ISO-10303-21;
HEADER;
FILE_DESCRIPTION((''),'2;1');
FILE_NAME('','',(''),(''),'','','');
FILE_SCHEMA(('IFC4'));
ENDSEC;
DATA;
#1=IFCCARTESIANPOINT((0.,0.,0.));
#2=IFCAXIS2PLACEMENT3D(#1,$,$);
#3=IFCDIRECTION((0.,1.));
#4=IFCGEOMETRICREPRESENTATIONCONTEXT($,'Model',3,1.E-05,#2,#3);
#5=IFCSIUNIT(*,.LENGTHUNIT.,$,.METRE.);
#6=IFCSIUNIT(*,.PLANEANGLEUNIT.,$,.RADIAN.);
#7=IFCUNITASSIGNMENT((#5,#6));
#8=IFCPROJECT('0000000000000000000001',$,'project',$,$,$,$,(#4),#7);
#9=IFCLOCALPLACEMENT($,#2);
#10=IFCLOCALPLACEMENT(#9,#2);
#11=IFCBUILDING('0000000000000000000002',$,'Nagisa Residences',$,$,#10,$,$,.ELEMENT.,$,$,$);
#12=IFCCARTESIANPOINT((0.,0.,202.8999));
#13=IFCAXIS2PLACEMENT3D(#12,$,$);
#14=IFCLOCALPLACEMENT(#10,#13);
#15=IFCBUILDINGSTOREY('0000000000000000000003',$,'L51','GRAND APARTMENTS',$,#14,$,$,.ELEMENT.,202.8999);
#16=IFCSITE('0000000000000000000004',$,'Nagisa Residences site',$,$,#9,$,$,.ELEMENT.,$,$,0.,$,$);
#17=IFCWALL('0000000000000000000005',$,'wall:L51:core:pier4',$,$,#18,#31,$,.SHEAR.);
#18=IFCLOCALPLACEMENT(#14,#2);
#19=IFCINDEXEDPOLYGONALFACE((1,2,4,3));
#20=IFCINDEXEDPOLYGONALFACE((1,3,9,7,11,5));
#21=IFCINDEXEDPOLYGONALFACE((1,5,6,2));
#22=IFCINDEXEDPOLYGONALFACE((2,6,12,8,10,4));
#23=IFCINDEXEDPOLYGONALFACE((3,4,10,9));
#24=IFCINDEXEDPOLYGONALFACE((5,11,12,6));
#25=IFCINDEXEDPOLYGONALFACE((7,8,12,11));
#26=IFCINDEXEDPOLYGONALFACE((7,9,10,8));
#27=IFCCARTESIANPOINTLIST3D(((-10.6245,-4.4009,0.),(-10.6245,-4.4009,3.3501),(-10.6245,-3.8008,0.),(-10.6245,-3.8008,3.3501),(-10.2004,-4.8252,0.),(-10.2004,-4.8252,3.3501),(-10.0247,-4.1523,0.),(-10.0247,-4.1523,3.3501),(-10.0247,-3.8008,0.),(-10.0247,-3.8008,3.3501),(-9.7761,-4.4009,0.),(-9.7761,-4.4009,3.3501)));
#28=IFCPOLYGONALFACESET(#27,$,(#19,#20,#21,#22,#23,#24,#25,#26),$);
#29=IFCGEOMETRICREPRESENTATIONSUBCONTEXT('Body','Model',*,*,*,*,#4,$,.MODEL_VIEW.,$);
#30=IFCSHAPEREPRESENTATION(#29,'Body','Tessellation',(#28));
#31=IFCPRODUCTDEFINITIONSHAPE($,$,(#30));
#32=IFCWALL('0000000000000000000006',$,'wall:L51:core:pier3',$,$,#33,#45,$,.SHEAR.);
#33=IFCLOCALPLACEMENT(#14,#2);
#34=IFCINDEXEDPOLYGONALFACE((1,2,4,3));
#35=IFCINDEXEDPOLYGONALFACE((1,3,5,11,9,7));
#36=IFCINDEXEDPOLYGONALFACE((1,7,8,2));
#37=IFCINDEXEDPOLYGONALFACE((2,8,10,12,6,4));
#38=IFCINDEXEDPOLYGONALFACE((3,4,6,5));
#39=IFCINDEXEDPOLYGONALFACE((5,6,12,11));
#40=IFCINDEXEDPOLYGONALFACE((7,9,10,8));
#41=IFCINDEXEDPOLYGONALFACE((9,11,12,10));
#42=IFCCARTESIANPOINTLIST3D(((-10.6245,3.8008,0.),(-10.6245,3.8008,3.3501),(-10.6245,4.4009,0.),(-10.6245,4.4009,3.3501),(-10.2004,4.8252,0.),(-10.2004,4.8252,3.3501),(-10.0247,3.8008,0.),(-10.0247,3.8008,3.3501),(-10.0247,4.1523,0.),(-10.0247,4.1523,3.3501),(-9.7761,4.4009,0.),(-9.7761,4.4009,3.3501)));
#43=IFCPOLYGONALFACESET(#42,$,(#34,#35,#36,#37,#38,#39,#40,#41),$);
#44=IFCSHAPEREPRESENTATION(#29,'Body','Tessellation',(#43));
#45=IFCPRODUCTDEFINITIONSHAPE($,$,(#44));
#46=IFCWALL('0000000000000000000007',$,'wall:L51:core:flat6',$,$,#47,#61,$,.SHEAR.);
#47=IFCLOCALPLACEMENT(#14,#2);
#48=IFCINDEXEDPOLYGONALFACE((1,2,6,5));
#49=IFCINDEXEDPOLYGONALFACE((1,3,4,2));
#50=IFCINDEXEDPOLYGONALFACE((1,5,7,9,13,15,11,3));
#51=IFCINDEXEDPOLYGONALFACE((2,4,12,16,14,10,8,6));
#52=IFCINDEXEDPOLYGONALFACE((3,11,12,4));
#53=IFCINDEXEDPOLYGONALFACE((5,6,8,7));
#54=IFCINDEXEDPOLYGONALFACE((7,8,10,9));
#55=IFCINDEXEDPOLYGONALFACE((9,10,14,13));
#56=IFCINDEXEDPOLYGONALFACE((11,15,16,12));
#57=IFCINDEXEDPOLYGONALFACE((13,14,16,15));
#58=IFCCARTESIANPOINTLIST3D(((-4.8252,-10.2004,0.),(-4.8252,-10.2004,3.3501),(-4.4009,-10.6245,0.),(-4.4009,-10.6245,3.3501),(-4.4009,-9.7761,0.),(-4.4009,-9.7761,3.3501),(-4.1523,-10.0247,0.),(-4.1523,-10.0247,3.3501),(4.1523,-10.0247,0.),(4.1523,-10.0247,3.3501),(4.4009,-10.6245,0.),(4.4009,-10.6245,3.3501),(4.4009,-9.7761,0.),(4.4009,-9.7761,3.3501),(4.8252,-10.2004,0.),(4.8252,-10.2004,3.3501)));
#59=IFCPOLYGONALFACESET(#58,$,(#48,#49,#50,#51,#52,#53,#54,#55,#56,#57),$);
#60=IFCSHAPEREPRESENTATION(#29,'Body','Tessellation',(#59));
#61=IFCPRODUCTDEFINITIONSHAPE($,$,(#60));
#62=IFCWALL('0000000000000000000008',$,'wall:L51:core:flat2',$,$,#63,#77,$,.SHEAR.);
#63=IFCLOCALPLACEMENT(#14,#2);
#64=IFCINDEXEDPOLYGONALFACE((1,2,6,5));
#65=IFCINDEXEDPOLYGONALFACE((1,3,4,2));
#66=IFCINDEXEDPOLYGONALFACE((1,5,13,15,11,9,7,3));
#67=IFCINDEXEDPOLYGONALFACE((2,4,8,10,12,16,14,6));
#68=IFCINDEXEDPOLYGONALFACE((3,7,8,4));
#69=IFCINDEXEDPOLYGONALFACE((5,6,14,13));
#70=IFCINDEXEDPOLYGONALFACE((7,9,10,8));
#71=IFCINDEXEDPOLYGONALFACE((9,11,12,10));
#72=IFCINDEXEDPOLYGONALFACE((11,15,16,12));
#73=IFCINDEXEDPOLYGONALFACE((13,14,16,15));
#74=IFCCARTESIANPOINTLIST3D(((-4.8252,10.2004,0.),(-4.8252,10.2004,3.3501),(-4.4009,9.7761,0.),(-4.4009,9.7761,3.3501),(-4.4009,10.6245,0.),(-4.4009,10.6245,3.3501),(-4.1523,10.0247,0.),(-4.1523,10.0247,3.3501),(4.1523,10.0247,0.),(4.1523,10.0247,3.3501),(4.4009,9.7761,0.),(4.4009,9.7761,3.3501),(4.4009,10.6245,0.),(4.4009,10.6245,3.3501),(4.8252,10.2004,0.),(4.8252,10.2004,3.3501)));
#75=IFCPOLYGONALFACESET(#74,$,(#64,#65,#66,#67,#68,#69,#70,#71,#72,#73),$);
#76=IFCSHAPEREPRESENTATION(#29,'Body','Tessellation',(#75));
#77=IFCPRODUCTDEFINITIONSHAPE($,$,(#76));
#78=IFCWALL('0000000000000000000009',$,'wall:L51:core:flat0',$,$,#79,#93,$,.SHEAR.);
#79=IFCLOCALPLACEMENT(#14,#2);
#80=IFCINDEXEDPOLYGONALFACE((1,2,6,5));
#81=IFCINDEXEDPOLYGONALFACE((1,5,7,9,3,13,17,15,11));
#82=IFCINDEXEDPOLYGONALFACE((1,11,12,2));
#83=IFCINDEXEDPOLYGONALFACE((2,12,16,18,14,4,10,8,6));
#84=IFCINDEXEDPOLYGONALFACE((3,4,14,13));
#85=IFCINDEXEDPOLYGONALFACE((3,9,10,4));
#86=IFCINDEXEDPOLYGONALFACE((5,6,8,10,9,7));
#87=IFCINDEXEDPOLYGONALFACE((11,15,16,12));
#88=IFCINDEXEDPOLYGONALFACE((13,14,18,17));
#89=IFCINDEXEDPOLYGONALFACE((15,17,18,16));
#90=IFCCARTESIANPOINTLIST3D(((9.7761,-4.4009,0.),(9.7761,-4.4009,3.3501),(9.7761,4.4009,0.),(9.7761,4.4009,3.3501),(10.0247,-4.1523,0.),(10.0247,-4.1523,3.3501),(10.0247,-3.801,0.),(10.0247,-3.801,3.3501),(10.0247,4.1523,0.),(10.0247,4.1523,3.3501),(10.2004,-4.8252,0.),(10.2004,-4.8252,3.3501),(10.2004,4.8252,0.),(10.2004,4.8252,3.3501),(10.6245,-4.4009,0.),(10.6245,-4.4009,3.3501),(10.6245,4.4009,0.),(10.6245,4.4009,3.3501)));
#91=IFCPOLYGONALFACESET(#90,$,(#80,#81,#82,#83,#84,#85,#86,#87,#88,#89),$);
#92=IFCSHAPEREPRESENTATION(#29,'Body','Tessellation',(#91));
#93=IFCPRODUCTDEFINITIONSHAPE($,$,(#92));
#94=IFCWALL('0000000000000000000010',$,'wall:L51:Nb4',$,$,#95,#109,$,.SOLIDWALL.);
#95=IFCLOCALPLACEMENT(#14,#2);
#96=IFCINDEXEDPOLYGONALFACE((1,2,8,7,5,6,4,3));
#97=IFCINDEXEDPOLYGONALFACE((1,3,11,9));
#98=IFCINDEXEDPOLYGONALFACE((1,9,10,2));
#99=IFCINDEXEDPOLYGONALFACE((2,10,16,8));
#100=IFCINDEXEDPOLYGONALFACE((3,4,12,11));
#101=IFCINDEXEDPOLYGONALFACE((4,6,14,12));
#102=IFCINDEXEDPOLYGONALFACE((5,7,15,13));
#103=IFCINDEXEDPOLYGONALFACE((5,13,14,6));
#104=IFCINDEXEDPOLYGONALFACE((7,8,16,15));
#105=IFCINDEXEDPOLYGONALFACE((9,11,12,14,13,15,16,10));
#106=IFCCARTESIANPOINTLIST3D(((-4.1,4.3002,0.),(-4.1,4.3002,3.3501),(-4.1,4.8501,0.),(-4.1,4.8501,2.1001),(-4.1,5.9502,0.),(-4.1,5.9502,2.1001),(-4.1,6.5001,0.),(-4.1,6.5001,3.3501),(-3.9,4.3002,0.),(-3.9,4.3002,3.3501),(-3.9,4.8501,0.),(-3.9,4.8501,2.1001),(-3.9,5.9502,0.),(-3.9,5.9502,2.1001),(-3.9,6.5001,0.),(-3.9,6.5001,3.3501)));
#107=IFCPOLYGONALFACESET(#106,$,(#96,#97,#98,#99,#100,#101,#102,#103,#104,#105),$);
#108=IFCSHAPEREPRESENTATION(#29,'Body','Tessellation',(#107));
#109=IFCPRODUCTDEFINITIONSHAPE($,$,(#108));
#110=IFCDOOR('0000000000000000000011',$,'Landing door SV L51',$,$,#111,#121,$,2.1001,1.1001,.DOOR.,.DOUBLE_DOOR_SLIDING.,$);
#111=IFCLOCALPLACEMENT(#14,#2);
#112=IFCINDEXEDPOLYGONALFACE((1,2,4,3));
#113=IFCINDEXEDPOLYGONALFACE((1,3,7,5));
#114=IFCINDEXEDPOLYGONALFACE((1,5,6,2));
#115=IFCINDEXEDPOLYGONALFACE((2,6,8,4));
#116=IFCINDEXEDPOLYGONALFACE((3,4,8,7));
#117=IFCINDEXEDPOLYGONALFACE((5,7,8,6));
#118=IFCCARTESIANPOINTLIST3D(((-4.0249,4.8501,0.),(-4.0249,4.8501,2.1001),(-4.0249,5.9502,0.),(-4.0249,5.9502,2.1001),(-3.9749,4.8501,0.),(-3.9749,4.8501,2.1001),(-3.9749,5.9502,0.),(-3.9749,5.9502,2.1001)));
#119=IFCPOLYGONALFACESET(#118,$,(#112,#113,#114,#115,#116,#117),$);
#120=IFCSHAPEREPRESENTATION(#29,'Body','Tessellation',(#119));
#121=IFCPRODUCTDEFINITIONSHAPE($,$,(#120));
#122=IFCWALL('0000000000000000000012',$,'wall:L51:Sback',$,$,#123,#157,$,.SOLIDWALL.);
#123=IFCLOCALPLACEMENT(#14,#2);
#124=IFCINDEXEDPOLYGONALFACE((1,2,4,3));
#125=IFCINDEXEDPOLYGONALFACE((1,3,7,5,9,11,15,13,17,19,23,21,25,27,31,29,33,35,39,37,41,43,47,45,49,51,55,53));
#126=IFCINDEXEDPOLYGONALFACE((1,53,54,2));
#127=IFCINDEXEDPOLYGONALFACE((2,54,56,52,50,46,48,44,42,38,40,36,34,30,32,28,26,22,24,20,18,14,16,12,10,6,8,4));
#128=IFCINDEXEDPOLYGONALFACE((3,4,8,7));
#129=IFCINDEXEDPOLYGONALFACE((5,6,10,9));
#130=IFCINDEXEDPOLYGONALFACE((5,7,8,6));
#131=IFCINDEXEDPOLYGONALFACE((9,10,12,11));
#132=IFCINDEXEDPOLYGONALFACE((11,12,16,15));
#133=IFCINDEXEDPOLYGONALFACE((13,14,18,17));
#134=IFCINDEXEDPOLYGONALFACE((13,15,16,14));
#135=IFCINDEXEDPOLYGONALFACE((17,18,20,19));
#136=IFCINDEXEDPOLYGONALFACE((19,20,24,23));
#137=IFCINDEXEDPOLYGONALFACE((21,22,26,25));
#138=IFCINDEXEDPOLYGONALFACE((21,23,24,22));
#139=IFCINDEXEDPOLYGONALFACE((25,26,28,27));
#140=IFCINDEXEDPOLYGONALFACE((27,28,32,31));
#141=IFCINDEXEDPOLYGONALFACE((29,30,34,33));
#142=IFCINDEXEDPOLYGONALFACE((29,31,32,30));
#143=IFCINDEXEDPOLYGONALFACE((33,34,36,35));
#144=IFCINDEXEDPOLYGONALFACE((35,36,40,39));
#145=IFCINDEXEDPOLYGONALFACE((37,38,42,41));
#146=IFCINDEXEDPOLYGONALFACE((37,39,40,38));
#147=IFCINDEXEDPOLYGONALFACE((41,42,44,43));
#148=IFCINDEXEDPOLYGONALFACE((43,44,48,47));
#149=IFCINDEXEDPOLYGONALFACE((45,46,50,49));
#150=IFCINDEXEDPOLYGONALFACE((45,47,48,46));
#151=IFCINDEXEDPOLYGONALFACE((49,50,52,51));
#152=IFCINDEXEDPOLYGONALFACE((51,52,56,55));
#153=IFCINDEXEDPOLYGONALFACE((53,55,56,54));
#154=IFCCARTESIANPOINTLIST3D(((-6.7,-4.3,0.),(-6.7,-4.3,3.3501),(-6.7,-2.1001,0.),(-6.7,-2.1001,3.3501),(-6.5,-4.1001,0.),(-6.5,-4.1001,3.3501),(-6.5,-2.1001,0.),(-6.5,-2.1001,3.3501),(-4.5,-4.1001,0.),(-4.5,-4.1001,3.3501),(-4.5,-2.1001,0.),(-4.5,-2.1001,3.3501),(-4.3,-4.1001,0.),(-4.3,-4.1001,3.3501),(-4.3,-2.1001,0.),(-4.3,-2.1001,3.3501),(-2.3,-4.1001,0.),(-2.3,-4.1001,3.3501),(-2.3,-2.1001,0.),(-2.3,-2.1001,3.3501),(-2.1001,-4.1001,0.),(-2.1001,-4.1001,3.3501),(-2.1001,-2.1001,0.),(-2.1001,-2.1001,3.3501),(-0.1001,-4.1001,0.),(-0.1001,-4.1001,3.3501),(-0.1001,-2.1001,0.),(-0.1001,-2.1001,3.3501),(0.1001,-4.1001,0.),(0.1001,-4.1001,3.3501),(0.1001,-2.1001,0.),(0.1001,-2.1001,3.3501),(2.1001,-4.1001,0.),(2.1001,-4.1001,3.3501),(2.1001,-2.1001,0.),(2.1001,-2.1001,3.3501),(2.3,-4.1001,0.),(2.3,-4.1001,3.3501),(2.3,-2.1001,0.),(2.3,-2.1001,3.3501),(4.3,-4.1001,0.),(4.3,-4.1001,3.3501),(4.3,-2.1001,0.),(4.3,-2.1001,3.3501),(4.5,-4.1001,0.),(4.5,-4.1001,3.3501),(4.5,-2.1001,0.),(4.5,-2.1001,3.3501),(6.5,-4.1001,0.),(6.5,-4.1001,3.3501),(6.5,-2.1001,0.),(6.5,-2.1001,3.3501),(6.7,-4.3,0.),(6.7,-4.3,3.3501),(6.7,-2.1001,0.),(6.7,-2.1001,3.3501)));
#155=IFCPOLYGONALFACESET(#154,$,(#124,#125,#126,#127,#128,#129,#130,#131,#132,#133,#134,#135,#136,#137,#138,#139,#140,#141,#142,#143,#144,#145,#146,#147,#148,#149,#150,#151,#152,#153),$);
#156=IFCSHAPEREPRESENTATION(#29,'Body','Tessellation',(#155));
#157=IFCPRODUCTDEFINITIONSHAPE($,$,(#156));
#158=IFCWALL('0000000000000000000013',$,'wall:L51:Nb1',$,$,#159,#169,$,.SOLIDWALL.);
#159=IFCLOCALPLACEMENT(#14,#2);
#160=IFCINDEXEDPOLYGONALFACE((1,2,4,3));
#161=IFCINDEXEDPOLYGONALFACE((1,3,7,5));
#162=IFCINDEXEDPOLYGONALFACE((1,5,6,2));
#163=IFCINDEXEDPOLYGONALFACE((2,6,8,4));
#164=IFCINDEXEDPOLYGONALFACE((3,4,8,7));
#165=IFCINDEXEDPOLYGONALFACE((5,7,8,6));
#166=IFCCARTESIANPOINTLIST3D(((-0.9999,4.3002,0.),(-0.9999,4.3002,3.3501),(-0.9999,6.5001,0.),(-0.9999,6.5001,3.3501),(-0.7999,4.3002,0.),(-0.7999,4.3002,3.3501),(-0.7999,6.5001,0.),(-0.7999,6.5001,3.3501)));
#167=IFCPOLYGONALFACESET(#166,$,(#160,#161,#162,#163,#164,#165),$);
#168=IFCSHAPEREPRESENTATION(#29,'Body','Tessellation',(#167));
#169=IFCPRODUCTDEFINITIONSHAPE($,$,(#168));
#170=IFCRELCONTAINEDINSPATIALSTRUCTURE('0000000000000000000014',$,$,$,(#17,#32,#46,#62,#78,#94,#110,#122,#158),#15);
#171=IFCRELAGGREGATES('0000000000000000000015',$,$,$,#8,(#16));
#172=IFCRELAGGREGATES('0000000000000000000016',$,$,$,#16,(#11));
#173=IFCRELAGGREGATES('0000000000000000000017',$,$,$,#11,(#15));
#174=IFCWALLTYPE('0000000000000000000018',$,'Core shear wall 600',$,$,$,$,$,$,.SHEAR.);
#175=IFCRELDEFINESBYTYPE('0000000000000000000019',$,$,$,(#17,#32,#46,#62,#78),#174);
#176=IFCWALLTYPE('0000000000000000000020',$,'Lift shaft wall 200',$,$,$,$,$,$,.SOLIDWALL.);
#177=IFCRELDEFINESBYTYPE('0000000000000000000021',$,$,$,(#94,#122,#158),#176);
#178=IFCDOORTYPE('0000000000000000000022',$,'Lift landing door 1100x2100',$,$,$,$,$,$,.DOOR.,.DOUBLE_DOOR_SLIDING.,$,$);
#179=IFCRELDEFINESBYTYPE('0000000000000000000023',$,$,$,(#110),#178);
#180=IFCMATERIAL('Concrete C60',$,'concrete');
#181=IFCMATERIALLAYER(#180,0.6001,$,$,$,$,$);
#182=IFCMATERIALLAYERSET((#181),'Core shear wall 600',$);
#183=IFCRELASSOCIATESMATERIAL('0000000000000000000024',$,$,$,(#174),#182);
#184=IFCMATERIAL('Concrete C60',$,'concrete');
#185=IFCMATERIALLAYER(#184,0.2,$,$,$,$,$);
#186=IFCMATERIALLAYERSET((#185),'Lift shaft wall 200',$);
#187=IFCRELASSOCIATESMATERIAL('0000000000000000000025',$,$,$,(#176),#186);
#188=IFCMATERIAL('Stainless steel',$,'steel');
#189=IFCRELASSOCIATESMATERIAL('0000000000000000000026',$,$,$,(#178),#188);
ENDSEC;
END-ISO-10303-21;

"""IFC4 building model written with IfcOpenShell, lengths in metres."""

from ifc_helpers import new_model, si_unit, direction, frame, frame_2d, origin, place, context, subcontext, project, spatial, polyline, rectangle, outline, extrude, material, layer, layer_set, type_object, element, fill, save


model = new_model("IFC4")

# Units and contexts
model_context = context("Model", 3, precision=1e-05, world=origin(), true_north=direction((0.0, 1.0)))
body_context = subcontext(model_context, "Body", "Model", "MODEL_VIEW")
ifc_project = project(units=[si_unit("LENGTHUNIT", "METRE"), si_unit("PLANEANGLEUNIT", "RADIAN")], contexts=[model_context])

# Site, building, storey
site_placement = place(None, origin())
site = spatial("IfcSite", under=ifc_project, at=site_placement, Name="Nagisa Residences site", CompositionType="ELEMENT", RefElevation=0.0)
building_placement = place(site_placement, origin())
building = spatial("IfcBuilding", under=site, at=building_placement, Name="Nagisa Residences", CompositionType="ELEMENT")
storey_placement = place(building_placement, frame((0.0, 0.0, 202.8999)))
storey = spatial("IfcBuildingStorey", under=building, at=storey_placement, Name="L51", Description="GRAND APARTMENTS", CompositionType="ELEMENT", Elevation=202.8999)

# Shared definitions
ifc_material_1 = material(Name="Concrete C60", Category="concrete")
ifc_layer_1 = layer(ifc_material_1, 0.6001)
ifc_layer_set_1 = layer_set([ifc_layer_1], Name="Core shear wall 600")
wall_type_1 = type_object("IfcWallType", Name="Core shear wall 600", PredefinedType="SHEAR", material=ifc_layer_set_1)

# Walls
wall_1_placement = place(storey_placement, origin())
element("IfcWall", 1, at=wall_1_placement, inside=storey, type_object=wall_type_1, Name="wall:L51:core:pier4", PredefinedType="SHEAR", context=body_context, shape_type="SweptSolid", body=[
    extrude(outline(polyline([(-10.6245, -3.8008), (-10.0247, -3.8008), (-10.0247, -4.1523), (-9.7761, -4.4009), (-10.2004, -4.8252), (-10.6245, -4.4009), (-10.6245, -3.8008)])), origin(), (0.0, 0.0, 1.0), 3.3501),
])
wall_2_placement = place(storey_placement, origin())
element("IfcWall", 2, at=wall_2_placement, inside=storey, type_object=wall_type_1, Name="wall:L51:core:pier3", PredefinedType="SHEAR", context=body_context, shape_type="SweptSolid", body=[
    extrude(outline(polyline([(-10.2004, 4.8252), (-9.7761, 4.4009), (-10.0247, 4.1523), (-10.0247, 3.8008), (-10.6245, 3.8008), (-10.6245, 4.4009), (-10.2004, 4.8252)])), origin(), (0.0, 0.0, 1.0), 3.3501),
])
wall_3_placement = place(storey_placement, origin())
element("IfcWall", 3, at=wall_3_placement, inside=storey, type_object=wall_type_1, Name="wall:L51:core:flat6", PredefinedType="SHEAR", context=body_context, shape_type="SweptSolid", body=[
    extrude(outline(polyline([(-4.1523, -10.0247), (4.1523, -10.0247), (4.4009, -9.7761), (4.8252, -10.2004), (4.4009, -10.6245), (-4.4009, -10.6245), (-4.8252, -10.2004), (-4.4009, -9.7761), (-4.1523, -10.0247)])), origin(), (0.0, 0.0, 1.0), 3.3501),
])
wall_4_placement = place(storey_placement, origin())
element("IfcWall", 4, at=wall_4_placement, inside=storey, type_object=wall_type_1, Name="wall:L51:core:flat2", PredefinedType="SHEAR", context=body_context, shape_type="SweptSolid", body=[
    extrude(outline(polyline([(-4.1523, 10.0247), (-4.4009, 9.7761), (-4.8252, 10.2004), (-4.4009, 10.6245), (4.4009, 10.6245), (4.8252, 10.2004), (4.4009, 9.7761), (4.1523, 10.0247), (-4.1523, 10.0247)])), origin(), (0.0, 0.0, 1.0), 3.3501),
])
wall_5_placement = place(storey_placement, origin())
element("IfcWall", 5, at=wall_5_placement, inside=storey, type_object=wall_type_1, Name="wall:L51:core:flat0", PredefinedType="SHEAR", context=body_context, shape_type="SweptSolid", body=[
    extrude(outline(polyline([(9.7761, -4.4009), (10.0247, -4.1523), (10.0247, -3.801), (10.0247, 4.1523), (9.7761, 4.4009), (10.2004, 4.8252), (10.6245, 4.4009), (10.6245, -4.4009), (10.2004, -4.8252), (9.7761, -4.4009)])), origin(), (0.0, 0.0, 1.0), 3.3501),
])

# Wall, opening, door
ifc_material_2 = material(Name="Concrete C60", Category="concrete")
ifc_layer_2 = layer(ifc_material_2, 0.2)
ifc_layer_set_2 = layer_set([ifc_layer_2], Name="Lift shaft wall 200")
wall_type_2 = type_object("IfcWallType", Name="Lift shaft wall 200", PredefinedType="SOLIDWALL", material=ifc_layer_set_2)
wall_6_placement = place(storey_placement, frame((-4.0, 4.3, 0.0), z_axis=(0.0, 0.0, 1.0), x_axis=(0.0, 1.0, 0.0)))
wall_6 = element("IfcWall", 6, at=wall_6_placement, inside=storey, type_object=wall_type_2, Name="wall:L51:Nb4", PredefinedType="SOLIDWALL", context=body_context, shape_type="SweptSolid", body=[
    extrude(rectangle(XDim=2.2, YDim=0.2, at=frame_2d((1.1001, 0.0))), origin(), (0.0, 0.0, 1.0), 3.3501),
])
opening_1_placement = place(wall_6_placement, frame((0.55, 0.0, 0.0)))
opening_1 = element("IfcOpeningElement", 7, at=opening_1_placement, cuts=wall_6, PredefinedType="OPENING", context=body_context, shape_type="SweptSolid", body=[
    extrude(rectangle(XDim=1.1001, YDim=2.1001, at=frame_2d((0.55, 1.05))), frame((0.0, 0.1099, 0.0), z_axis=(0.0, -1.0, 0.0), x_axis=(1.0, 0.0, 0.0)), (0.0, 0.0, 1.0), 0.22),
])
ifc_material_3 = material(Name="Stainless steel", Category="steel")
door_type_1 = type_object("IfcDoorType", Name="Lift landing door 1100x2100", OperationType="DOUBLE_DOOR_SLIDING", PredefinedType="DOOR", material=ifc_material_3)
door_1_placement = place(opening_1_placement, origin())
door_1 = element("IfcDoor", 8, at=door_1_placement, inside=storey, type_object=door_type_1, Name="Landing door SV L51", OperationType="DOUBLE_DOOR_SLIDING", OverallHeight=2.1001, OverallWidth=1.1001, PredefinedType="DOOR", context=body_context, shape_type="SweptSolid", body=[
    extrude(rectangle(XDim=1.1001, YDim=2.1001, at=frame_2d((0.55, 1.05))), frame((0.0, 0.0249, 0.0), z_axis=(0.0, -1.0, 0.0), x_axis=(1.0, 0.0, 0.0)), (0.0, 0.0, 1.0), 0.05),
])
fill(opening_1, door_1)

# Walls
wall_7_placement = place(storey_placement, origin())
element("IfcWall", 9, at=wall_7_placement, inside=storey, type_object=wall_type_2, Name="wall:L51:Sback", PredefinedType="SOLIDWALL", context=body_context, shape_type="SweptSolid", body=[
    extrude(outline(polyline([(-6.7, -2.1001), (-6.5, -2.1001), (-6.5, -4.1001), (-4.5, -4.1001), (-4.5, -2.1001), (-4.3, -2.1001), (-4.3, -4.1001), (-2.3, -4.1001), (-2.3, -2.1001), (-2.1001, -2.1001), (-2.1001, -4.1001), (-0.1001, -4.1001), (-0.1001, -2.1001), (0.1001, -2.1001), (0.1001, -4.1001), (2.1001, -4.1001), (2.1001, -2.1001), (2.3, -2.1001), (2.3, -4.1001), (4.3, -4.1001), (4.3, -2.1001), (4.5, -2.1001), (4.5, -4.1001), (6.5, -4.1001), (6.5, -2.1001), (6.7, -2.1001), (6.7, -4.3), (-6.7, -4.3), (-6.7, -2.1001)])), origin(), (0.0, 0.0, 1.0), 3.3501),
])
wall_8_placement = place(storey_placement, frame((-0.8999, 4.3, 0.0), z_axis=(0.0, 0.0, 1.0), x_axis=(0.0, 1.0, 0.0)))
element("IfcWall", 10, at=wall_8_placement, inside=storey, type_object=wall_type_2, Name="wall:L51:Nb1", PredefinedType="SOLIDWALL", context=body_context, shape_type="SweptSolid", body=[
    extrude(rectangle(XDim=2.2, YDim=0.2, at=frame_2d((1.1001, 0.0))), origin(), (0.0, 0.0, 1.0), 3.3501),
])

save(model, "model.ifc")
